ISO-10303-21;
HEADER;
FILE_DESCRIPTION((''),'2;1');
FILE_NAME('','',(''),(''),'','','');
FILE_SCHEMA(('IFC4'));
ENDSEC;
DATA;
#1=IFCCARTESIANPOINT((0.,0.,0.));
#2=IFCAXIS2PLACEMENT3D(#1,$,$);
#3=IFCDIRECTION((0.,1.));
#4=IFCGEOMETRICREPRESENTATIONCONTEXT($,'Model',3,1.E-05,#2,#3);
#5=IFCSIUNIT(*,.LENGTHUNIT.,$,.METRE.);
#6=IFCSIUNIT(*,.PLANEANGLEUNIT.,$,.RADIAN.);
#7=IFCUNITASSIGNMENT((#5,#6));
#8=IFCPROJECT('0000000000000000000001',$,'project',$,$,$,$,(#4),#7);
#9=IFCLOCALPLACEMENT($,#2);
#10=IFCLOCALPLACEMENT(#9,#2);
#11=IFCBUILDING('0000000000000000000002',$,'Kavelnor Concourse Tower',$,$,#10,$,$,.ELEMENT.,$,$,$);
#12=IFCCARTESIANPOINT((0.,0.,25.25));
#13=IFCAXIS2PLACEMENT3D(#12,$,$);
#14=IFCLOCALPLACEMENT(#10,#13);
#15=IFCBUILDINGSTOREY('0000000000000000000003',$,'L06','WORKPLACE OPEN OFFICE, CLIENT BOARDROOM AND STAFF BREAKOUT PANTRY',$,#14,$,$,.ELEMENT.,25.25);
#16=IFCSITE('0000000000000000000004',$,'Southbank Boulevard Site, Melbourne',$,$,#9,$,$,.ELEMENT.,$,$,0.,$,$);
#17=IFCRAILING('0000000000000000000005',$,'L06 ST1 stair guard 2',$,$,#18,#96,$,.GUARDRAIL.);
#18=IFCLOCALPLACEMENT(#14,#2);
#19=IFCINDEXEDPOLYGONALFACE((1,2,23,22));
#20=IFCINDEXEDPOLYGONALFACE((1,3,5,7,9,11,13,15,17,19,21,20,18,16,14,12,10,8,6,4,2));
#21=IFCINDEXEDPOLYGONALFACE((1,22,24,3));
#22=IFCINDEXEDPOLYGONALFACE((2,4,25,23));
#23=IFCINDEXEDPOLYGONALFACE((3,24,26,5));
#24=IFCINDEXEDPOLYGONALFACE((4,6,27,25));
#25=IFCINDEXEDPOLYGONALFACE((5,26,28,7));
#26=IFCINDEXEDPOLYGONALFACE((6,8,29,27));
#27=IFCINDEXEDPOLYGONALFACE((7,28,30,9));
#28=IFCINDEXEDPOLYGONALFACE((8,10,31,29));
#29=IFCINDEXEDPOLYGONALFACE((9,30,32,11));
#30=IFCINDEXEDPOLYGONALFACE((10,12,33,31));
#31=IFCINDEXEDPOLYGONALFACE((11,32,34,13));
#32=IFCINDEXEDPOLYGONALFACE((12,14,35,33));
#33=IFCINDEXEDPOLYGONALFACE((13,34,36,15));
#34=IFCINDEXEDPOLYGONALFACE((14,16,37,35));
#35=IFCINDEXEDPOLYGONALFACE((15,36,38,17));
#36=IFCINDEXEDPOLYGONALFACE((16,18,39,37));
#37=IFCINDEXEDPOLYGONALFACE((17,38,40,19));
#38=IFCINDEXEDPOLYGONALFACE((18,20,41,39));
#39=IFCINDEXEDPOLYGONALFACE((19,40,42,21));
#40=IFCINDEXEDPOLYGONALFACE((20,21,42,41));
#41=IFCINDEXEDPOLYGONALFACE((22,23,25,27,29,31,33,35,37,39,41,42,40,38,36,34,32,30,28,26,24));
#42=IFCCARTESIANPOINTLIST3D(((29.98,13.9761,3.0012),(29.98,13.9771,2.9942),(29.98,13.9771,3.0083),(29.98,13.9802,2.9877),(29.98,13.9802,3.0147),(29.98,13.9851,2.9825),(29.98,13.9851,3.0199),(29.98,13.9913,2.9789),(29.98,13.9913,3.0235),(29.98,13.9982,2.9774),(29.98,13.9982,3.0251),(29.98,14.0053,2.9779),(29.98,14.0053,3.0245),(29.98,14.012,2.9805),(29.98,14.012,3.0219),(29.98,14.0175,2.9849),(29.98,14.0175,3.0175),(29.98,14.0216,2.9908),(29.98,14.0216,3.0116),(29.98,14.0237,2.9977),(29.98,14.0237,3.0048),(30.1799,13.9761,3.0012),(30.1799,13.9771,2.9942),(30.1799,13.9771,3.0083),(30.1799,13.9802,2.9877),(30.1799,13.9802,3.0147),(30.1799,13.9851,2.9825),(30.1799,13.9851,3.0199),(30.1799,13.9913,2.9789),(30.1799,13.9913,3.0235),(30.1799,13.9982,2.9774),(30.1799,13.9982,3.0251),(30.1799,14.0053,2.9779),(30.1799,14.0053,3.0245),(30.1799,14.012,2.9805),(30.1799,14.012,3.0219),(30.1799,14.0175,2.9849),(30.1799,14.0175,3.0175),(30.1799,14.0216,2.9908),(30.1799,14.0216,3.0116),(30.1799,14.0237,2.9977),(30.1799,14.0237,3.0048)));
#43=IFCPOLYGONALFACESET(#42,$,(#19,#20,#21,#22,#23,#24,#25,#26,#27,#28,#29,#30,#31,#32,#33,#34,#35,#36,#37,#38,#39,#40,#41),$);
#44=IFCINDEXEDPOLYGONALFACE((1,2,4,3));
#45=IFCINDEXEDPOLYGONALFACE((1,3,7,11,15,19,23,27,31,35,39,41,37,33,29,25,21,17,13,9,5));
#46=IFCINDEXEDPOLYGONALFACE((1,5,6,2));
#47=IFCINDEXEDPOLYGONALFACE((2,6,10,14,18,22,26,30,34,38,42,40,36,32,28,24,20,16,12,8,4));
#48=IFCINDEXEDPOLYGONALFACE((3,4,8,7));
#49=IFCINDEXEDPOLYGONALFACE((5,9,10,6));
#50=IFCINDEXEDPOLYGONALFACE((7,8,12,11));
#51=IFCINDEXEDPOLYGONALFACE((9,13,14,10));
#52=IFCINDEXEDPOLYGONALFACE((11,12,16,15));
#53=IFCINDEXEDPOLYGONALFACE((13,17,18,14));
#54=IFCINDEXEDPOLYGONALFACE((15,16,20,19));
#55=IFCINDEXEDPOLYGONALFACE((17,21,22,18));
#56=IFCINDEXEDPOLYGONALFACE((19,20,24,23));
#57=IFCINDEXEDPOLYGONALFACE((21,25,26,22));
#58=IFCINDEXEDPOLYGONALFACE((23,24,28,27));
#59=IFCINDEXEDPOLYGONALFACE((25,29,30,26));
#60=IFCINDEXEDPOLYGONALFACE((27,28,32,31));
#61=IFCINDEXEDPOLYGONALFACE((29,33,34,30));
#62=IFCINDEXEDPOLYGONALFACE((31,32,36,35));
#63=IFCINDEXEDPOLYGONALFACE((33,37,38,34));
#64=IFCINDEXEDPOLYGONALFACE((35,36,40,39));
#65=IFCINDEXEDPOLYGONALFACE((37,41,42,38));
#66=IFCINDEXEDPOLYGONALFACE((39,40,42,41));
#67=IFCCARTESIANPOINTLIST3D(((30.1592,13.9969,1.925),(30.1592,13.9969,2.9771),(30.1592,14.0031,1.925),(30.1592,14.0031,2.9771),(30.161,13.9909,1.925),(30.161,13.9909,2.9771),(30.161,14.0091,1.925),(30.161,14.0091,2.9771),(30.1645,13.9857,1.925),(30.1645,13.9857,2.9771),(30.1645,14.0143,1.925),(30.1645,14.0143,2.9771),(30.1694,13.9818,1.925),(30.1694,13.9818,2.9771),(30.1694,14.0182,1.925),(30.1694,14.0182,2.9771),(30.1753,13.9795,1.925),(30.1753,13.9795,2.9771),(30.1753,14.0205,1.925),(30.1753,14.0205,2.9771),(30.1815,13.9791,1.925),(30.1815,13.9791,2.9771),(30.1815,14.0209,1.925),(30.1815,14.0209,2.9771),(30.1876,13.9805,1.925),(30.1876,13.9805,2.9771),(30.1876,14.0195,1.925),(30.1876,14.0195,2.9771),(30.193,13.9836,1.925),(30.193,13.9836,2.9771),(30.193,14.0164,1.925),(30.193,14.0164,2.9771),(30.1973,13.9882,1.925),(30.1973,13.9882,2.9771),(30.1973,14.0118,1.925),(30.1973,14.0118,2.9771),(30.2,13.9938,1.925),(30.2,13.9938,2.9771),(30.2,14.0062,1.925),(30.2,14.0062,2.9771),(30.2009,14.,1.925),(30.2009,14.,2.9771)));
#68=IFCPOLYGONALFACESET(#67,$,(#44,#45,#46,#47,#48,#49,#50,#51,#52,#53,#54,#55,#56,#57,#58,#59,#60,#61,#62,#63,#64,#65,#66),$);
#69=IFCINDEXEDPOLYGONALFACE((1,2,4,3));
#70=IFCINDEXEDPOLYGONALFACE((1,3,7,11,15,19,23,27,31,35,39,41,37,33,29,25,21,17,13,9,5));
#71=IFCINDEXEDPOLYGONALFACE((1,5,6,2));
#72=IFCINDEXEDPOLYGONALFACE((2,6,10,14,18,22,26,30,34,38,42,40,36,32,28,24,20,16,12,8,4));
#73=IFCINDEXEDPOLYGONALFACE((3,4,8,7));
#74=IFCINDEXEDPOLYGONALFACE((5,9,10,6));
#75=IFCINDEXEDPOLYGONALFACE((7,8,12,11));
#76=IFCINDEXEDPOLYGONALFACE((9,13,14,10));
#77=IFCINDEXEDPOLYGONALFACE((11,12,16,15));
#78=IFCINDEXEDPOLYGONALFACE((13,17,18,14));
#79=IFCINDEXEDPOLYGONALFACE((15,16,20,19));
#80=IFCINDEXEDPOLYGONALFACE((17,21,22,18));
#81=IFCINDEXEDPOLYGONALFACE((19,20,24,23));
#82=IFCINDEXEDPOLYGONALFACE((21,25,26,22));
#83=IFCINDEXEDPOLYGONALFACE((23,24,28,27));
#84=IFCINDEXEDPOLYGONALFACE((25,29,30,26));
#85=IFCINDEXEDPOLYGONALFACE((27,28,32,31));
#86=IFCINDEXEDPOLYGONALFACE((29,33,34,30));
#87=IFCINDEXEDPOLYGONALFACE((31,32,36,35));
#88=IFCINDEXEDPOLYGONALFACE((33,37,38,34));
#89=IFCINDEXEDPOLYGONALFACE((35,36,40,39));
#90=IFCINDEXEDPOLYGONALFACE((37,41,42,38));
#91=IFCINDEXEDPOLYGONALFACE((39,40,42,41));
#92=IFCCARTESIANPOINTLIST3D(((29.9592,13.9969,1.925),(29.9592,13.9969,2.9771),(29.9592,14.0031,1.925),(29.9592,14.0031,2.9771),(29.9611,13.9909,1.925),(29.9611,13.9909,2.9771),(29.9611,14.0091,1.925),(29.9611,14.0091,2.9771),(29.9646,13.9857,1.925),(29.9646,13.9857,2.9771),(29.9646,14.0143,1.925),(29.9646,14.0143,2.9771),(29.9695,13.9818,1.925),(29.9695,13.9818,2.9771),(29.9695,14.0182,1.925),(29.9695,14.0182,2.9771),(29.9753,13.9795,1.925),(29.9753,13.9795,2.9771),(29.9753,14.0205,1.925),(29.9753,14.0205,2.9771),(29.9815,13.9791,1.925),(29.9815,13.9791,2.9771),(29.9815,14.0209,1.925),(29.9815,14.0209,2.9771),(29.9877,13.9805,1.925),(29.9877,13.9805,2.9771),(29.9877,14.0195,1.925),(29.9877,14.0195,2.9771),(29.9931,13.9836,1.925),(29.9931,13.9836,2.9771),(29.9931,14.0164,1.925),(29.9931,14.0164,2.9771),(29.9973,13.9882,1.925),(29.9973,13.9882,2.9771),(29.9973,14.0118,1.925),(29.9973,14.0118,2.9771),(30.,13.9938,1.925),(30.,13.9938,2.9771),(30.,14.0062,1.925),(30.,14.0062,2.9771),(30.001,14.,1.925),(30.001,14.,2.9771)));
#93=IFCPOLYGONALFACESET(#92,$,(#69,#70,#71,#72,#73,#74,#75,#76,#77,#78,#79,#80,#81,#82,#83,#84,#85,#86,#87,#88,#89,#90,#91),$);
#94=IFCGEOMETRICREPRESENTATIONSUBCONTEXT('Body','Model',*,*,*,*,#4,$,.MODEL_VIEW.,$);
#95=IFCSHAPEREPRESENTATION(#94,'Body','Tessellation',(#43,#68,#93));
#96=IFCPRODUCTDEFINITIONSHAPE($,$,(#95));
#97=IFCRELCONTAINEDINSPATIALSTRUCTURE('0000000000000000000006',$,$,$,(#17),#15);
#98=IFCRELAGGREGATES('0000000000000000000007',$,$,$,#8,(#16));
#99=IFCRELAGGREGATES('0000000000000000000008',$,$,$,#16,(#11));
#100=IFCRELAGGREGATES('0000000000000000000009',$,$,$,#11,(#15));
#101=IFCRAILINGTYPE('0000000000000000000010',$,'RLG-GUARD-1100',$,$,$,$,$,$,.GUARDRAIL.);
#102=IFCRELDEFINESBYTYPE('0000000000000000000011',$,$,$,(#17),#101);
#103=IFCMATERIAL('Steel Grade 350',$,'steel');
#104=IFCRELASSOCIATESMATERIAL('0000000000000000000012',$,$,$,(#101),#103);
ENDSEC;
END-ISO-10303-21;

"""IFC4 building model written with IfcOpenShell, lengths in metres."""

from ifc_helpers import new_model, si_unit, direction, frame, origin, origin_2d, place, context, subcontext, project, spatial, circle, extrude, material, type_object, element, save


model = new_model("IFC4")

# Units and contexts
model_context = context("Model", 3, precision=1e-05, world=origin(), true_north=direction((0.0, 1.0)))
body_context = subcontext(model_context, "Body", "Model", "MODEL_VIEW")
ifc_project = project(units=[si_unit("LENGTHUNIT", "METRE"), si_unit("PLANEANGLEUNIT", "RADIAN")], contexts=[model_context])

# Site, building, storey
site_placement = place(None, origin())
site = spatial("IfcSite", under=ifc_project, at=site_placement, Name="Southbank Boulevard Site, Melbourne", CompositionType="ELEMENT", RefElevation=0.0)
building_placement = place(site_placement, origin())
building = spatial("IfcBuilding", under=site, at=building_placement, Name="Kavelnor Concourse Tower", CompositionType="ELEMENT")
storey_placement = place(building_placement, frame((0.0, 0.0, 25.25)))
storey = spatial("IfcBuildingStorey", under=building, at=storey_placement, Name="L06", Description="WORKPLACE OPEN OFFICE, CLIENT BOARDROOM AND STAFF BREAKOUT PANTRY", CompositionType="ELEMENT", Elevation=25.25)

# Shared definitions
ifc_material_1 = material(Name="Steel Grade 350", Category="steel")

# Railing
railing_type_1 = type_object("IfcRailingType", Name="RLG-GUARD-1100", PredefinedType="GUARDRAIL", material=ifc_material_1)
railing_1_placement = place(storey_placement, frame((30.1799, 14.0, 1.925)))
element("IfcRailing", 1, at=railing_1_placement, inside=storey, type_object=railing_type_1, Name="L06 ST1 stair guard 2", PredefinedType="GUARDRAIL", context=body_context, shape_type="SweptSolid", body=[
    extrude(circle(Radius=0.0239, at=origin_2d()), frame((0.0, 0.0, 1.0762), z_axis=(-1.0, 0.0, 0.0), x_axis=(0.0, -1.0, 0.0)), (0.0, 0.0, 1.0), 0.2),
    extrude(circle(Radius=0.021, at=origin_2d()), origin(), (0.0, 0.0, 1.0), 1.052),
    extrude(circle(Radius=0.021, at=origin_2d()), frame((-0.2, 0.0, 0.0)), (0.0, 0.0, 1.0), 1.052),
])

save(model, "model.ifc")
